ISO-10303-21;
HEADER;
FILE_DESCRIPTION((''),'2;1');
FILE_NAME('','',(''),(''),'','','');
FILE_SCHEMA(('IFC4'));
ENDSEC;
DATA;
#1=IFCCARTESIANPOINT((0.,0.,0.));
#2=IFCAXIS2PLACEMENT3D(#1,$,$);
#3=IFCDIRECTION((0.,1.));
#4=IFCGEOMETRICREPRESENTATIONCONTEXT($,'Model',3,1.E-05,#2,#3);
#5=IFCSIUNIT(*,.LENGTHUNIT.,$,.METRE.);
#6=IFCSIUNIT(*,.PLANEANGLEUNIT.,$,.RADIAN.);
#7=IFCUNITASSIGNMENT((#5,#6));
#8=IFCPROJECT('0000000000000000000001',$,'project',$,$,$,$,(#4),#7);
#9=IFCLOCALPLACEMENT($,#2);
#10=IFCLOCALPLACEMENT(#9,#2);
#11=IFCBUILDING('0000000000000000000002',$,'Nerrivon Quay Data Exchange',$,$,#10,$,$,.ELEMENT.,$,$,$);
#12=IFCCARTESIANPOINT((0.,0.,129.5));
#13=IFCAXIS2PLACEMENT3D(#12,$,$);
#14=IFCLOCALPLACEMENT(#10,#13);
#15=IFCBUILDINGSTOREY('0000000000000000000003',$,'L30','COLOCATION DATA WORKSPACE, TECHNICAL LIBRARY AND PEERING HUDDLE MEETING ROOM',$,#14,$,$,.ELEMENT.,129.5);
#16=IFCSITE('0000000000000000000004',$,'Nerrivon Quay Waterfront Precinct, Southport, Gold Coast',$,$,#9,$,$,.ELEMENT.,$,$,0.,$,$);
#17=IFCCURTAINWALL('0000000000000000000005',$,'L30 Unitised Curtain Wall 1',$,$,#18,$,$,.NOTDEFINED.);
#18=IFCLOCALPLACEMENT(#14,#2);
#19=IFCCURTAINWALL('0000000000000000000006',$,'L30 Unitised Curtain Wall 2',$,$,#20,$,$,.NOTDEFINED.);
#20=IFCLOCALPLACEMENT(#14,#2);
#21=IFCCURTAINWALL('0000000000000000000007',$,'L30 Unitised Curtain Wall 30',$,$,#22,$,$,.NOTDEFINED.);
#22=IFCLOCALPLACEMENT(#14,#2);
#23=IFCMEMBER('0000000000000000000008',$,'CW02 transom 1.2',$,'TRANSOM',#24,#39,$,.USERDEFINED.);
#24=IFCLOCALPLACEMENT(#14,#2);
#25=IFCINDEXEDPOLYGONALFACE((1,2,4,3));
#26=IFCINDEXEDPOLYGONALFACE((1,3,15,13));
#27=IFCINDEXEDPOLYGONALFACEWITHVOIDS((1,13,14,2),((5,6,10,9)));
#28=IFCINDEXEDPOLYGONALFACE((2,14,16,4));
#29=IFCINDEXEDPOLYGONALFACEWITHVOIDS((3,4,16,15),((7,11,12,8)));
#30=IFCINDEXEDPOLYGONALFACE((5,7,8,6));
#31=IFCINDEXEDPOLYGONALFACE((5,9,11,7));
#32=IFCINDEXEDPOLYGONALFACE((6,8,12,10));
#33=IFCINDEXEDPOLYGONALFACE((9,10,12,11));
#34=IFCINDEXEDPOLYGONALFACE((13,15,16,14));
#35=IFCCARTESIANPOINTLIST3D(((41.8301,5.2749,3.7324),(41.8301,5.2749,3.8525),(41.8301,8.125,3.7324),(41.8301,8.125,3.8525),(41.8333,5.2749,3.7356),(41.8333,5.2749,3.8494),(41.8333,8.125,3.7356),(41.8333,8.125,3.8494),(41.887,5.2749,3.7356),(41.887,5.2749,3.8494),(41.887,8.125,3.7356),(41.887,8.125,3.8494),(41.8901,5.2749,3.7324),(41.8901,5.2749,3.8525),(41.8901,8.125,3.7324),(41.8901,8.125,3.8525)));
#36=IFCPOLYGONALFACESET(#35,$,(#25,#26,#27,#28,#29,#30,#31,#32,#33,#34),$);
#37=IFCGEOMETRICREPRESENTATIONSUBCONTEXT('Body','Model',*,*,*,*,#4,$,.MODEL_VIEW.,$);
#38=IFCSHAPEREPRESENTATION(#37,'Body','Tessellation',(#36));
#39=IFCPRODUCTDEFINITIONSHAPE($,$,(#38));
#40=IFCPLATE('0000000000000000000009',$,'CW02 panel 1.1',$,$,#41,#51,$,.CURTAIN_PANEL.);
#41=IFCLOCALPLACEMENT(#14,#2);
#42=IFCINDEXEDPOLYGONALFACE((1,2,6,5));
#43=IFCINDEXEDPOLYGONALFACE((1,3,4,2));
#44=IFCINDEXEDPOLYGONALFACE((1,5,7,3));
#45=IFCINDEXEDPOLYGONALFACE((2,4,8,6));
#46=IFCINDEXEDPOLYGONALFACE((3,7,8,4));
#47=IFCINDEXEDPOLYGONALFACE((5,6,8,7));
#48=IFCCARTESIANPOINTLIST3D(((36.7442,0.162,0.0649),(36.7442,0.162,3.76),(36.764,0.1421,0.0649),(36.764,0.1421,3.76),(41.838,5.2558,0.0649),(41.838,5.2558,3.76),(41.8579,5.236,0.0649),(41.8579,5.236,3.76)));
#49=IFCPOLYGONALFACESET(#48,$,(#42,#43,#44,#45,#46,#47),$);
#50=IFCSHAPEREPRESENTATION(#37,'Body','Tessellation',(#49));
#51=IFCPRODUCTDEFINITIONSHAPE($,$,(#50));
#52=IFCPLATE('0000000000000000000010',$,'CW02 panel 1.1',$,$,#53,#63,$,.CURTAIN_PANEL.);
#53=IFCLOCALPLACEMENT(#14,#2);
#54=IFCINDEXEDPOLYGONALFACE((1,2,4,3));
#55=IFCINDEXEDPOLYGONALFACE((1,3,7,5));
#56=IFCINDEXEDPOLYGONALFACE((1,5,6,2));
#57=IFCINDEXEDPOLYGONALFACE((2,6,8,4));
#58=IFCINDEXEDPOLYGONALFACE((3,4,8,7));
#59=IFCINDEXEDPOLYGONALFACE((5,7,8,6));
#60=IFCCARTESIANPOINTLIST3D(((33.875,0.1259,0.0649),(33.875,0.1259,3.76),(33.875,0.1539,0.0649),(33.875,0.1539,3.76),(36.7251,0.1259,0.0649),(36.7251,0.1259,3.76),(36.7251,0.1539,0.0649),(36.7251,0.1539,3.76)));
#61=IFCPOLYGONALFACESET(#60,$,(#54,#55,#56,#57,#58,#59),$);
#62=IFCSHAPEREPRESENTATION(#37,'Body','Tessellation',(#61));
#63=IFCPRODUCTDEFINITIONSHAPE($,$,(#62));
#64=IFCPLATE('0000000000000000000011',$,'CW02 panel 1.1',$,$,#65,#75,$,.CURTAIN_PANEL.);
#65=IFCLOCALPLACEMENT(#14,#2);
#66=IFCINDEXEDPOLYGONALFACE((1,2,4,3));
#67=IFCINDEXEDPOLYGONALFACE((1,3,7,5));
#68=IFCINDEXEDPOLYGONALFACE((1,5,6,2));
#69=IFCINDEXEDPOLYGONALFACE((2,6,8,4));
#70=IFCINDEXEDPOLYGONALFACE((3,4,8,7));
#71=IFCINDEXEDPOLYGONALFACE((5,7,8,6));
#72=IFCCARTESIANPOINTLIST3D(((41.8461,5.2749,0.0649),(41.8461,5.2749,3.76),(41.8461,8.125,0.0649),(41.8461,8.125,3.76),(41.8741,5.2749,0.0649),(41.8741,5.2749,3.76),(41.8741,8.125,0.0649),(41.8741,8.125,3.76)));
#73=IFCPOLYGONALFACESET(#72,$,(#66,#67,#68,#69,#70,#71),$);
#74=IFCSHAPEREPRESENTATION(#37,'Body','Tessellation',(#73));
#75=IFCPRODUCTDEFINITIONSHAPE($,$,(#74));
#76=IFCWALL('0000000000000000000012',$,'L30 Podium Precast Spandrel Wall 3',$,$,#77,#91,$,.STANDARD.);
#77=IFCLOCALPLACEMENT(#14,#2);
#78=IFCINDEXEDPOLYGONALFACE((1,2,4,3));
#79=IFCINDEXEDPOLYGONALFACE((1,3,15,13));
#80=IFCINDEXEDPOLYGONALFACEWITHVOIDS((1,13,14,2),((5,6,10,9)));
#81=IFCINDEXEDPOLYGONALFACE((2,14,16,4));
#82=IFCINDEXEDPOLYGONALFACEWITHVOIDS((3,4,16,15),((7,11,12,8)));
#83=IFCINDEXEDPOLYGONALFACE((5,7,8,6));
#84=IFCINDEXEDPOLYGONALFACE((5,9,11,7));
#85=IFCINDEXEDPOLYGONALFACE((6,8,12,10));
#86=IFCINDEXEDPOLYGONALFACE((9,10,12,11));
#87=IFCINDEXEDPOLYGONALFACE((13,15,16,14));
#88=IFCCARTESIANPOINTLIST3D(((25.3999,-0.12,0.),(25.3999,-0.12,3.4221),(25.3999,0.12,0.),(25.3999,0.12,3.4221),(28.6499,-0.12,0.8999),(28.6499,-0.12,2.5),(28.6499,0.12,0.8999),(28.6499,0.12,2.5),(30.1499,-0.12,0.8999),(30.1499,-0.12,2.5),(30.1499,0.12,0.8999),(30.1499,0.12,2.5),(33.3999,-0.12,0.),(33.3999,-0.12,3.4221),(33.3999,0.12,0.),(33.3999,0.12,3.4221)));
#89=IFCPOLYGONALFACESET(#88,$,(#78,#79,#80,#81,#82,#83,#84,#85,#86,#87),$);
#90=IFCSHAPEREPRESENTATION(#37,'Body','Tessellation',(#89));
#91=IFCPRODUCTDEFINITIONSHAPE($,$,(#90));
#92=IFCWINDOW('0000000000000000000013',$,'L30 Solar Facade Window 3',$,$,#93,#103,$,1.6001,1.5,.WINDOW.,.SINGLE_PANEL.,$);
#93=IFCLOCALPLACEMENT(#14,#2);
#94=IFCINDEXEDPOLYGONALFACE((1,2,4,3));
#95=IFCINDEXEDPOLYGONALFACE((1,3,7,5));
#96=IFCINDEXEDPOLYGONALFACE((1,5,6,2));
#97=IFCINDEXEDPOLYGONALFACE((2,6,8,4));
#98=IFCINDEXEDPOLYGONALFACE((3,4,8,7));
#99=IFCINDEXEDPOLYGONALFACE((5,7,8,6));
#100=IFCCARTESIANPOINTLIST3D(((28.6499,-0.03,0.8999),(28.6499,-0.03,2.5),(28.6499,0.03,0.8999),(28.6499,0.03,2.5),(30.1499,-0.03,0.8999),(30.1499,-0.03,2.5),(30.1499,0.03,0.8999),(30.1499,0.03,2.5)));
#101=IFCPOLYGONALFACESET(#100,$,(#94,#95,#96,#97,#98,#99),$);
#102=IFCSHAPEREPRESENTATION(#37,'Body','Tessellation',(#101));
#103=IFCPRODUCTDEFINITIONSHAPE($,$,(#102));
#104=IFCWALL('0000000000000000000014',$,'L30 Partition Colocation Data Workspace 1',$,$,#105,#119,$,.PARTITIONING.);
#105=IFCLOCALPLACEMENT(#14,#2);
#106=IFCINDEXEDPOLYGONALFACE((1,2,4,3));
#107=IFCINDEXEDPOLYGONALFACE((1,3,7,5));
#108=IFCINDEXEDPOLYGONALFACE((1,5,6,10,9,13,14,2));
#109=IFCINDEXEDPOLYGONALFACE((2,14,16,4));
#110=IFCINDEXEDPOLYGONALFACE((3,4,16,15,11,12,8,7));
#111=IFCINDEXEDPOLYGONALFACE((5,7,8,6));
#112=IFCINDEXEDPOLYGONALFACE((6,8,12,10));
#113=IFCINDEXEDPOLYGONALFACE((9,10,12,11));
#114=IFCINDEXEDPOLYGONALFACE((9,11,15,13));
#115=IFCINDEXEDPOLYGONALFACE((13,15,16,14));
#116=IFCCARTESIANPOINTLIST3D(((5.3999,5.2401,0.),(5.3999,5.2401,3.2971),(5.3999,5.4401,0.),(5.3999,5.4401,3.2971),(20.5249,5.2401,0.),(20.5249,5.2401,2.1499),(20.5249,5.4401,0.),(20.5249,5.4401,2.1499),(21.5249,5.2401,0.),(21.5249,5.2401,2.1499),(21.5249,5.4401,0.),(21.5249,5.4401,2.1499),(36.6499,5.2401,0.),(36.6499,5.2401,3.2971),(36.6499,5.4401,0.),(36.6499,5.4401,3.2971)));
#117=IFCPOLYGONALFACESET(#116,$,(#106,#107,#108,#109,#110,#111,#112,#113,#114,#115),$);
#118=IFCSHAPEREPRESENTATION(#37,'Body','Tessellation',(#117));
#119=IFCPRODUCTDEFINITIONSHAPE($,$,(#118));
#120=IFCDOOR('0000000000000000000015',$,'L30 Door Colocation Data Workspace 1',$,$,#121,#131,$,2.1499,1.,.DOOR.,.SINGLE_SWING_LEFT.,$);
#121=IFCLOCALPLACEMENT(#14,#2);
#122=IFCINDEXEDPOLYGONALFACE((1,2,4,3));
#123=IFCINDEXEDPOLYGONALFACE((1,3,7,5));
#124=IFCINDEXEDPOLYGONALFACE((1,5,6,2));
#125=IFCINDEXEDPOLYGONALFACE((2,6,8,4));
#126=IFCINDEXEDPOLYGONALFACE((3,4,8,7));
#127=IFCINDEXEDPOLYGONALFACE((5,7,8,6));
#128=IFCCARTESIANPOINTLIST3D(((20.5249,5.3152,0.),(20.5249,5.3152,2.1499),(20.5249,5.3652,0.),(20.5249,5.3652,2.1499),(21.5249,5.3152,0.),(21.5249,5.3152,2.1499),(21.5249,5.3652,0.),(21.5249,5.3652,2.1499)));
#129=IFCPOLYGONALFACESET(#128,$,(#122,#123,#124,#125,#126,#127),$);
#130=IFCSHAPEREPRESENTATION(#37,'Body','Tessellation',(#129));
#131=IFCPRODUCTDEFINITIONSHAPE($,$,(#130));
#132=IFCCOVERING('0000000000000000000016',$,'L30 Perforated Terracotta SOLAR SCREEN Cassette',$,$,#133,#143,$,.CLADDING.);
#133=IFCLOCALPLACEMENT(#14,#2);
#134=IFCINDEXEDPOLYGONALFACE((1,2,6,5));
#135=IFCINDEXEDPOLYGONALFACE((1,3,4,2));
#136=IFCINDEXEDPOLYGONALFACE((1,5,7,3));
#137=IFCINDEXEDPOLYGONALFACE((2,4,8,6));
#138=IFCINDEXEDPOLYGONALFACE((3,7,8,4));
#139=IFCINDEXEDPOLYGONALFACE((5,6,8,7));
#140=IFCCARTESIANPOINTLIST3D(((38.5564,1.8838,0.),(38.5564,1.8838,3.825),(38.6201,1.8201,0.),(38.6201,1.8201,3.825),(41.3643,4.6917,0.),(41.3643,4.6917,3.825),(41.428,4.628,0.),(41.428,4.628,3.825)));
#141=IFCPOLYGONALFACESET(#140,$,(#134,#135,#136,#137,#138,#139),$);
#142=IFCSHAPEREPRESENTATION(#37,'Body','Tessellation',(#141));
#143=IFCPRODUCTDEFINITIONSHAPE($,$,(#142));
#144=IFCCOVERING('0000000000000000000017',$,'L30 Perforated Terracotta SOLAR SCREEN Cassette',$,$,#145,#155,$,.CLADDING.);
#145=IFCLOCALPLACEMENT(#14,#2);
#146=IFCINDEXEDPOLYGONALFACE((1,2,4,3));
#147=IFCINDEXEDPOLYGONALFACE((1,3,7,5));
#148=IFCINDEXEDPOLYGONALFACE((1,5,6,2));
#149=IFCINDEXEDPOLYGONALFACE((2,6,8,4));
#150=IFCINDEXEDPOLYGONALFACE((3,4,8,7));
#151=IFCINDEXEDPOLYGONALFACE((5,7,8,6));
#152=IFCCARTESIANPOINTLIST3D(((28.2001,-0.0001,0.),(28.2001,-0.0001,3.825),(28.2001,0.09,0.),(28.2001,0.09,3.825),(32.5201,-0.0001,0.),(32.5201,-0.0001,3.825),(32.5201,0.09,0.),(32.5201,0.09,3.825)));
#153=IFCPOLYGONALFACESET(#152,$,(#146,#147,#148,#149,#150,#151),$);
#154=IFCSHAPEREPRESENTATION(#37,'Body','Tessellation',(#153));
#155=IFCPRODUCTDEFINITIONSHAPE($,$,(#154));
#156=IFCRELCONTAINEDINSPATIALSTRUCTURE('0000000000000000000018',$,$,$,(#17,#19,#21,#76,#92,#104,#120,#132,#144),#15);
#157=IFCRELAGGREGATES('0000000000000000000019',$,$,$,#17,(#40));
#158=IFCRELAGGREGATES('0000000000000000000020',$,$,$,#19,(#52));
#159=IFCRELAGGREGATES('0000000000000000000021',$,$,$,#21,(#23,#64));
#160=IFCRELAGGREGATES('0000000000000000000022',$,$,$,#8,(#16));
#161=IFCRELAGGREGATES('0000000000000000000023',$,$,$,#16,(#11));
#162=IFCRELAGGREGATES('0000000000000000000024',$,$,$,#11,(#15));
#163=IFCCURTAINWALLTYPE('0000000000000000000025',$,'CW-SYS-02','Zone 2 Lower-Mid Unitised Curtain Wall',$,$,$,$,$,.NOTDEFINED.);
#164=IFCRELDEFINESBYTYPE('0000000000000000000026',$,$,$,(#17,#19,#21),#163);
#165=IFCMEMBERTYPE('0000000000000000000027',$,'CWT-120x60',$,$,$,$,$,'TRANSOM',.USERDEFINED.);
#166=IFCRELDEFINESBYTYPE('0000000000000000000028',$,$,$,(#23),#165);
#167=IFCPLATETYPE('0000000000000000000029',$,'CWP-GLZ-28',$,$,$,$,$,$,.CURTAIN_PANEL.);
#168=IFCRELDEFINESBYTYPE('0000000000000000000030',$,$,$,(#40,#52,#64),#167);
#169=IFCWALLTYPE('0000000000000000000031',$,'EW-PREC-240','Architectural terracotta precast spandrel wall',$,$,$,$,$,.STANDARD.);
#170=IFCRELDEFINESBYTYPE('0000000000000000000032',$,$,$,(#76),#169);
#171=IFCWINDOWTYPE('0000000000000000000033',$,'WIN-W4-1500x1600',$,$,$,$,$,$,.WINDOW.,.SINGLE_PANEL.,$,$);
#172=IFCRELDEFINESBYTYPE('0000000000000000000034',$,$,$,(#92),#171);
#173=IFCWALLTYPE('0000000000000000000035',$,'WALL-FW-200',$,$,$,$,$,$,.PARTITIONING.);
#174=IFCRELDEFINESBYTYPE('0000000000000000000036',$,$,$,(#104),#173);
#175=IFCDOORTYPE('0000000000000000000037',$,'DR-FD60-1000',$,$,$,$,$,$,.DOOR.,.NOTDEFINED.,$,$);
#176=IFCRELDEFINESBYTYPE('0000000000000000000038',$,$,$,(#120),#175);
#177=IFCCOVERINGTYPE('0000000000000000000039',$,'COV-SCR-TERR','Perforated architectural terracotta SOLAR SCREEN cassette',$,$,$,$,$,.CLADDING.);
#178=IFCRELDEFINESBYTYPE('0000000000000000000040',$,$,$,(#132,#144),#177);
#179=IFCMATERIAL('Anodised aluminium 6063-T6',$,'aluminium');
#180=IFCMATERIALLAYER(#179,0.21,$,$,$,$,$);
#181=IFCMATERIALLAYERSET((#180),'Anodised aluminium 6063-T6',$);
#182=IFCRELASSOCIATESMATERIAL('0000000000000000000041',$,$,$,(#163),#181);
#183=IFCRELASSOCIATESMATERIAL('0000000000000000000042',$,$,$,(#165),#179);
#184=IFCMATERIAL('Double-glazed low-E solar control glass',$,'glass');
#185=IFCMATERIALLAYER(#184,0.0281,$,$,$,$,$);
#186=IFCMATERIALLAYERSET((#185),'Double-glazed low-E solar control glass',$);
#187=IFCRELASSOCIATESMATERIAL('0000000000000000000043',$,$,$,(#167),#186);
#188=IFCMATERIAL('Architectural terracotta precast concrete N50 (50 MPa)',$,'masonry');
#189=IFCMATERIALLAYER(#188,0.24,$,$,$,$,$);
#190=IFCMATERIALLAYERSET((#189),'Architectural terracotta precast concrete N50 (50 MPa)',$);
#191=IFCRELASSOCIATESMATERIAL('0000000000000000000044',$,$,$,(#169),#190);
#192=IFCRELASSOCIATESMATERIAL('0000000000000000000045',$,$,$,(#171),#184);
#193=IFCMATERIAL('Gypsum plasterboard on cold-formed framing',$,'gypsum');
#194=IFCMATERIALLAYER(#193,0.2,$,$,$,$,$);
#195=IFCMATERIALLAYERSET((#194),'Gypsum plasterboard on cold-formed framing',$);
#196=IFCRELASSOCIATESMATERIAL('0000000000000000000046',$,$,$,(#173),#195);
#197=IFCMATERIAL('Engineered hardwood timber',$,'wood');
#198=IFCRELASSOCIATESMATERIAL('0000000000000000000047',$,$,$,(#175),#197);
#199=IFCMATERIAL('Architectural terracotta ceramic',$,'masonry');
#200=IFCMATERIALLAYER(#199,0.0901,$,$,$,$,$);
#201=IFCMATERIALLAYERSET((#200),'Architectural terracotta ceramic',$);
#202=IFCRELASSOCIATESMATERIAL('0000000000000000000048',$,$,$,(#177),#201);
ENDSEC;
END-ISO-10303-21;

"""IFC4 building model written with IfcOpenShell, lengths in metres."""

from ifc_helpers import new_model, si_unit, direction, frame, frame_2d, origin, origin_2d, place, context, subcontext, project, spatial, rectangle, hollow_rectangle, extrude, material, layer, layer_set, material_profile, profile_set, type_object, element, fill, aggregate, save


model = new_model("IFC4")

# Units and contexts
model_context = context("Model", 3, precision=1e-05, world=origin(), true_north=direction((0.0, 1.0)))
body_context = subcontext(model_context, "Body", "Model", "MODEL_VIEW")
ifc_project = project(units=[si_unit("LENGTHUNIT", "METRE"), si_unit("PLANEANGLEUNIT", "RADIAN")], contexts=[model_context])

# Site, building, storey
site_placement = place(None, origin())
site = spatial("IfcSite", under=ifc_project, at=site_placement, Name="Nerrivon Quay Waterfront Precinct, Southport, Gold Coast", CompositionType="ELEMENT", RefElevation=0.0)
building_placement = place(site_placement, origin())
building = spatial("IfcBuilding", under=site, at=building_placement, Name="Nerrivon Quay Data Exchange", CompositionType="ELEMENT")
storey_placement = place(building_placement, frame((0.0, 0.0, 129.5)))
storey = spatial("IfcBuildingStorey", under=building, at=storey_placement, Name="L30", Description="COLOCATION DATA WORKSPACE, TECHNICAL LIBRARY AND PEERING HUDDLE MEETING ROOM", CompositionType="ELEMENT", Elevation=129.5)

# Curtain walls
ifc_material_1 = material(Name="Anodised aluminium 6063-T6", Category="aluminium")
ifc_layer_1 = layer(ifc_material_1, 0.21)
ifc_layer_set_1 = layer_set([ifc_layer_1], Name="Anodised aluminium 6063-T6")
curtain_wall_type = type_object("IfcCurtainWallType", Name="CW-SYS-02", Description="Zone 2 Lower-Mid Unitised Curtain Wall", PredefinedType="NOTDEFINED", material=ifc_layer_set_1)
curtain_wall_1_placement = place(storey_placement, origin())
curtain_wall_1 = element("IfcCurtainWall", 1, at=curtain_wall_1_placement, inside=storey, type_object=curtain_wall_type, Name="L30 Unitised Curtain Wall 1", PredefinedType="NOTDEFINED")
curtain_wall_2_placement = place(storey_placement, origin())
curtain_wall_2 = element("IfcCurtainWall", 2, at=curtain_wall_2_placement, inside=storey, type_object=curtain_wall_type, Name="L30 Unitised Curtain Wall 2", PredefinedType="NOTDEFINED")
curtain_wall_3_placement = place(storey_placement, origin())
curtain_wall_3 = element("IfcCurtainWall", 3, at=curtain_wall_3_placement, inside=storey, type_object=curtain_wall_type, Name="L30 Unitised Curtain Wall 30", PredefinedType="NOTDEFINED")

# Member
ifc_material_profile_1 = material_profile(ifc_material_1, hollow_rectangle(XDim=0.0601, YDim=0.1201, WallThickness=0.0032, at=origin_2d()), Name="ALU-TRAN-120x60")
ifc_profile_set_1 = profile_set([ifc_material_profile_1], Name="Anodised aluminium 6063-T6")
member_type_1 = type_object("IfcMemberType", Name="CWT-120x60", ElementType="TRANSOM", PredefinedType="USERDEFINED", material=ifc_profile_set_1)
member_1_placement = place(storey_placement, frame((41.8601, 8.125, 3.7925), z_axis=(0.0, -1.0, 0.0), x_axis=(1.0, 0.0, 0.0)))
member_1 = element("IfcMember", 4, at=member_1_placement, type_object=member_type_1, Name="CW02 transom 1.2", ObjectType="TRANSOM", PredefinedType="USERDEFINED", context=body_context, shape_type="SweptSolid", body=[
    extrude(hollow_rectangle(XDim=0.0601, YDim=0.1201, WallThickness=0.0032, at=origin_2d()), origin(), (0.0, 0.0, 1.0), 2.8501),
])

# Plates
ifc_material_2 = material(Name="Double-glazed low-E solar control glass", Category="glass")
ifc_layer_2 = layer(ifc_material_2, 0.0281)
ifc_layer_set_2 = layer_set([ifc_layer_2], Name="Double-glazed low-E solar control glass")
plate_type = type_object("IfcPlateType", Name="CWP-GLZ-28", PredefinedType="CURTAIN_PANEL", material=ifc_layer_set_2)
plate_1_placement = place(storey_placement, frame((39.301, 2.699, 0.0649), z_axis=(0.0, 0.0, 1.0), x_axis=(-0.707107, -0.707107, 0.0)))
plate_1 = element("IfcPlate", 5, at=plate_1_placement, type_object=plate_type, Name="CW02 panel 1.1", PredefinedType="CURTAIN_PANEL", context=body_context, shape_type="SweptSolid", body=[
    extrude(rectangle(XDim=7.2039, YDim=0.0281, at=origin_2d()), origin(), (0.0, 0.0, 1.0), 3.6951),
])
aggregate(curtain_wall_1, [plate_1])
plate_2_placement = place(storey_placement, frame((35.3, 0.1399, 0.0649), z_axis=(0.0, 0.0, 1.0), x_axis=(-1.0, 0.0, 0.0)))
plate_2 = element("IfcPlate", 6, at=plate_2_placement, type_object=plate_type, Name="CW02 panel 1.1", PredefinedType="CURTAIN_PANEL", context=body_context, shape_type="SweptSolid", body=[
    extrude(rectangle(XDim=2.8501, YDim=0.0281, at=origin_2d()), origin(), (0.0, 0.0, 1.0), 3.6951),
])
aggregate(curtain_wall_2, [plate_2])
plate_3_placement = place(storey_placement, frame((41.8601, 6.7, 0.0649), z_axis=(0.0, 0.0, 1.0), x_axis=(0.0, -1.0, 0.0)))
plate_3 = element("IfcPlate", 7, at=plate_3_placement, type_object=plate_type, Name="CW02 panel 1.1", PredefinedType="CURTAIN_PANEL", context=body_context, shape_type="SweptSolid", body=[
    extrude(rectangle(XDim=2.8501, YDim=0.0281, at=origin_2d()), origin(), (0.0, 0.0, 1.0), 3.6951),
])
aggregate(curtain_wall_3, [member_1, plate_3])

# Wall, opening, window
ifc_material_3 = material(Name="Architectural terracotta precast concrete N50 (50 MPa)", Category="masonry")
ifc_layer_3 = layer(ifc_material_3, 0.24)
ifc_layer_set_3 = layer_set([ifc_layer_3], Name="Architectural terracotta precast concrete N50 (50 MPa)")
wall_type_1 = type_object("IfcWallType", Name="EW-PREC-240", Description="Architectural terracotta precast spandrel wall", PredefinedType="STANDARD", material=ifc_layer_set_3)
wall_1_placement = place(storey_placement, frame((33.3999, 0.0, 0.0), z_axis=(0.0, 0.0, 1.0), x_axis=(-1.0, 0.0, 0.0)))
wall_1 = element("IfcWall", 8, at=wall_1_placement, inside=storey, type_object=wall_type_1, Name="L30 Podium Precast Spandrel Wall 3", PredefinedType="STANDARD", context=body_context, shape_type="SweptSolid", body=[
    extrude(rectangle(XDim=8.0, YDim=0.24, at=frame_2d((4.0, 0.0))), origin(), (0.0, 0.0, 1.0), 3.4221),
])
opening_1_placement = place(wall_1_placement, frame((3.25, 0.0, 0.8999)))
opening_1 = element("IfcOpeningElement", 9, at=opening_1_placement, cuts=wall_1, PredefinedType="OPENING", context=body_context, shape_type="SweptSolid", body=[
    extrude(rectangle(XDim=1.5, YDim=1.6001, at=frame_2d((0.75, 0.8))), frame((0.0, 0.1299, 0.0), z_axis=(0.0, -1.0, 0.0), x_axis=(1.0, 0.0, 0.0)), (0.0, 0.0, 1.0), 0.26),
])
window_type = type_object("IfcWindowType", Name="WIN-W4-1500x1600", PartitioningType="SINGLE_PANEL", PredefinedType="WINDOW", material=ifc_material_2)
window_placement = place(opening_1_placement, origin())
window = element("IfcWindow", 10, at=window_placement, inside=storey, type_object=window_type, Name="L30 Solar Facade Window 3", OverallHeight=1.6001, OverallWidth=1.5, PartitioningType="SINGLE_PANEL", PredefinedType="WINDOW", context=body_context, shape_type="SweptSolid", body=[
    extrude(rectangle(XDim=1.5, YDim=1.6001, at=frame_2d((0.75, 0.8))), frame((0.0, 0.03, 0.0), z_axis=(0.0, -1.0, 0.0), x_axis=(1.0, 0.0, 0.0)), (0.0, 0.0, 1.0), 0.0601),
])
fill(opening_1, window)

# Wall, opening, door
ifc_material_4 = material(Name="Gypsum plasterboard on cold-formed framing", Category="gypsum")
ifc_layer_4 = layer(ifc_material_4, 0.2)
ifc_layer_set_4 = layer_set([ifc_layer_4], Name="Gypsum plasterboard on cold-formed framing")
wall_type_2 = type_object("IfcWallType", Name="WALL-FW-200", PredefinedType="PARTITIONING", material=ifc_layer_set_4)
wall_2_placement = place(storey_placement, frame((36.6499, 5.3401, 0.0), z_axis=(0.0, 0.0, 1.0), x_axis=(-1.0, 0.0, 0.0)))
wall_2 = element("IfcWall", 11, at=wall_2_placement, inside=storey, type_object=wall_type_2, Name="L30 Partition Colocation Data Workspace 1", PredefinedType="PARTITIONING", context=body_context, shape_type="SweptSolid", body=[
    extrude(rectangle(XDim=31.25, YDim=0.2, at=frame_2d((15.625, 0.0))), origin(), (0.0, 0.0, 1.0), 3.2971),
])
opening_2_placement = place(wall_2_placement, frame((15.125, 0.0, 0.0)))
opening_2 = element("IfcOpeningElement", 12, at=opening_2_placement, cuts=wall_2, PredefinedType="OPENING", context=body_context, shape_type="SweptSolid", body=[
    extrude(rectangle(XDim=1.0, YDim=2.1499, at=frame_2d((0.5, 1.075))), frame((0.0, 0.1099, 0.0), z_axis=(0.0, -1.0, 0.0), x_axis=(1.0, 0.0, 0.0)), (0.0, 0.0, 1.0), 0.22),
])
ifc_material_5 = material(Name="Engineered hardwood timber", Category="wood")
door_type_1 = type_object("IfcDoorType", Name="DR-FD60-1000", OperationType="NOTDEFINED", PredefinedType="DOOR", material=ifc_material_5)
door_1_placement = place(opening_2_placement, origin())
door_1 = element("IfcDoor", 13, at=door_1_placement, inside=storey, type_object=door_type_1, Name="L30 Door Colocation Data Workspace 1", OperationType="SINGLE_SWING_LEFT", OverallHeight=2.1499, OverallWidth=1.0, PredefinedType="DOOR", context=body_context, shape_type="SweptSolid", body=[
    extrude(rectangle(XDim=1.0, YDim=2.1499, at=frame_2d((0.5, 1.075))), frame((0.0, 0.0249, 0.0), z_axis=(0.0, -1.0, 0.0), x_axis=(1.0, 0.0, 0.0)), (0.0, 0.0, 1.0), 0.05),
])
fill(opening_2, door_1)

# Coverings
ifc_material_6 = material(Name="Architectural terracotta ceramic", Category="masonry")
ifc_layer_5 = layer(ifc_material_6, 0.0901)
ifc_layer_set_5 = layer_set([ifc_layer_5], Name="Architectural terracotta ceramic")
covering_type = type_object("IfcCoveringType", Name="COV-SCR-TERR", Description="Perforated architectural terracotta SOLAR SCREEN cassette", PredefinedType="CLADDING", material=ifc_layer_set_5)
covering_1_placement = place(storey_placement, frame((39.9922, 3.2559, 0.0), z_axis=(0.0, 0.0, 1.0), x_axis=(-0.707107, -0.707107, 0.0)))
element("IfcCovering", 14, at=covering_1_placement, inside=storey, type_object=covering_type, Name="L30 Perforated Terracotta SOLAR SCREEN Cassette", PredefinedType="CLADDING", context=body_context, shape_type="SweptSolid", body=[
    extrude(rectangle(XDim=3.9709, YDim=0.0901, at=origin_2d()), origin(), (0.0, 0.0, 1.0), 3.825),
])
covering_2_placement = place(storey_placement, frame((30.3601, 0.0449, 0.0), z_axis=(0.0, 0.0, 1.0), x_axis=(-1.0, 0.0, 0.0)))
element("IfcCovering", 15, at=covering_2_placement, inside=storey, type_object=covering_type, Name="L30 Perforated Terracotta SOLAR SCREEN Cassette", PredefinedType="CLADDING", context=body_context, shape_type="SweptSolid", body=[
    extrude(rectangle(XDim=4.3201, YDim=0.0901, at=origin_2d()), origin(), (0.0, 0.0, 1.0), 3.825),
])

save(model, "model.ifc")
